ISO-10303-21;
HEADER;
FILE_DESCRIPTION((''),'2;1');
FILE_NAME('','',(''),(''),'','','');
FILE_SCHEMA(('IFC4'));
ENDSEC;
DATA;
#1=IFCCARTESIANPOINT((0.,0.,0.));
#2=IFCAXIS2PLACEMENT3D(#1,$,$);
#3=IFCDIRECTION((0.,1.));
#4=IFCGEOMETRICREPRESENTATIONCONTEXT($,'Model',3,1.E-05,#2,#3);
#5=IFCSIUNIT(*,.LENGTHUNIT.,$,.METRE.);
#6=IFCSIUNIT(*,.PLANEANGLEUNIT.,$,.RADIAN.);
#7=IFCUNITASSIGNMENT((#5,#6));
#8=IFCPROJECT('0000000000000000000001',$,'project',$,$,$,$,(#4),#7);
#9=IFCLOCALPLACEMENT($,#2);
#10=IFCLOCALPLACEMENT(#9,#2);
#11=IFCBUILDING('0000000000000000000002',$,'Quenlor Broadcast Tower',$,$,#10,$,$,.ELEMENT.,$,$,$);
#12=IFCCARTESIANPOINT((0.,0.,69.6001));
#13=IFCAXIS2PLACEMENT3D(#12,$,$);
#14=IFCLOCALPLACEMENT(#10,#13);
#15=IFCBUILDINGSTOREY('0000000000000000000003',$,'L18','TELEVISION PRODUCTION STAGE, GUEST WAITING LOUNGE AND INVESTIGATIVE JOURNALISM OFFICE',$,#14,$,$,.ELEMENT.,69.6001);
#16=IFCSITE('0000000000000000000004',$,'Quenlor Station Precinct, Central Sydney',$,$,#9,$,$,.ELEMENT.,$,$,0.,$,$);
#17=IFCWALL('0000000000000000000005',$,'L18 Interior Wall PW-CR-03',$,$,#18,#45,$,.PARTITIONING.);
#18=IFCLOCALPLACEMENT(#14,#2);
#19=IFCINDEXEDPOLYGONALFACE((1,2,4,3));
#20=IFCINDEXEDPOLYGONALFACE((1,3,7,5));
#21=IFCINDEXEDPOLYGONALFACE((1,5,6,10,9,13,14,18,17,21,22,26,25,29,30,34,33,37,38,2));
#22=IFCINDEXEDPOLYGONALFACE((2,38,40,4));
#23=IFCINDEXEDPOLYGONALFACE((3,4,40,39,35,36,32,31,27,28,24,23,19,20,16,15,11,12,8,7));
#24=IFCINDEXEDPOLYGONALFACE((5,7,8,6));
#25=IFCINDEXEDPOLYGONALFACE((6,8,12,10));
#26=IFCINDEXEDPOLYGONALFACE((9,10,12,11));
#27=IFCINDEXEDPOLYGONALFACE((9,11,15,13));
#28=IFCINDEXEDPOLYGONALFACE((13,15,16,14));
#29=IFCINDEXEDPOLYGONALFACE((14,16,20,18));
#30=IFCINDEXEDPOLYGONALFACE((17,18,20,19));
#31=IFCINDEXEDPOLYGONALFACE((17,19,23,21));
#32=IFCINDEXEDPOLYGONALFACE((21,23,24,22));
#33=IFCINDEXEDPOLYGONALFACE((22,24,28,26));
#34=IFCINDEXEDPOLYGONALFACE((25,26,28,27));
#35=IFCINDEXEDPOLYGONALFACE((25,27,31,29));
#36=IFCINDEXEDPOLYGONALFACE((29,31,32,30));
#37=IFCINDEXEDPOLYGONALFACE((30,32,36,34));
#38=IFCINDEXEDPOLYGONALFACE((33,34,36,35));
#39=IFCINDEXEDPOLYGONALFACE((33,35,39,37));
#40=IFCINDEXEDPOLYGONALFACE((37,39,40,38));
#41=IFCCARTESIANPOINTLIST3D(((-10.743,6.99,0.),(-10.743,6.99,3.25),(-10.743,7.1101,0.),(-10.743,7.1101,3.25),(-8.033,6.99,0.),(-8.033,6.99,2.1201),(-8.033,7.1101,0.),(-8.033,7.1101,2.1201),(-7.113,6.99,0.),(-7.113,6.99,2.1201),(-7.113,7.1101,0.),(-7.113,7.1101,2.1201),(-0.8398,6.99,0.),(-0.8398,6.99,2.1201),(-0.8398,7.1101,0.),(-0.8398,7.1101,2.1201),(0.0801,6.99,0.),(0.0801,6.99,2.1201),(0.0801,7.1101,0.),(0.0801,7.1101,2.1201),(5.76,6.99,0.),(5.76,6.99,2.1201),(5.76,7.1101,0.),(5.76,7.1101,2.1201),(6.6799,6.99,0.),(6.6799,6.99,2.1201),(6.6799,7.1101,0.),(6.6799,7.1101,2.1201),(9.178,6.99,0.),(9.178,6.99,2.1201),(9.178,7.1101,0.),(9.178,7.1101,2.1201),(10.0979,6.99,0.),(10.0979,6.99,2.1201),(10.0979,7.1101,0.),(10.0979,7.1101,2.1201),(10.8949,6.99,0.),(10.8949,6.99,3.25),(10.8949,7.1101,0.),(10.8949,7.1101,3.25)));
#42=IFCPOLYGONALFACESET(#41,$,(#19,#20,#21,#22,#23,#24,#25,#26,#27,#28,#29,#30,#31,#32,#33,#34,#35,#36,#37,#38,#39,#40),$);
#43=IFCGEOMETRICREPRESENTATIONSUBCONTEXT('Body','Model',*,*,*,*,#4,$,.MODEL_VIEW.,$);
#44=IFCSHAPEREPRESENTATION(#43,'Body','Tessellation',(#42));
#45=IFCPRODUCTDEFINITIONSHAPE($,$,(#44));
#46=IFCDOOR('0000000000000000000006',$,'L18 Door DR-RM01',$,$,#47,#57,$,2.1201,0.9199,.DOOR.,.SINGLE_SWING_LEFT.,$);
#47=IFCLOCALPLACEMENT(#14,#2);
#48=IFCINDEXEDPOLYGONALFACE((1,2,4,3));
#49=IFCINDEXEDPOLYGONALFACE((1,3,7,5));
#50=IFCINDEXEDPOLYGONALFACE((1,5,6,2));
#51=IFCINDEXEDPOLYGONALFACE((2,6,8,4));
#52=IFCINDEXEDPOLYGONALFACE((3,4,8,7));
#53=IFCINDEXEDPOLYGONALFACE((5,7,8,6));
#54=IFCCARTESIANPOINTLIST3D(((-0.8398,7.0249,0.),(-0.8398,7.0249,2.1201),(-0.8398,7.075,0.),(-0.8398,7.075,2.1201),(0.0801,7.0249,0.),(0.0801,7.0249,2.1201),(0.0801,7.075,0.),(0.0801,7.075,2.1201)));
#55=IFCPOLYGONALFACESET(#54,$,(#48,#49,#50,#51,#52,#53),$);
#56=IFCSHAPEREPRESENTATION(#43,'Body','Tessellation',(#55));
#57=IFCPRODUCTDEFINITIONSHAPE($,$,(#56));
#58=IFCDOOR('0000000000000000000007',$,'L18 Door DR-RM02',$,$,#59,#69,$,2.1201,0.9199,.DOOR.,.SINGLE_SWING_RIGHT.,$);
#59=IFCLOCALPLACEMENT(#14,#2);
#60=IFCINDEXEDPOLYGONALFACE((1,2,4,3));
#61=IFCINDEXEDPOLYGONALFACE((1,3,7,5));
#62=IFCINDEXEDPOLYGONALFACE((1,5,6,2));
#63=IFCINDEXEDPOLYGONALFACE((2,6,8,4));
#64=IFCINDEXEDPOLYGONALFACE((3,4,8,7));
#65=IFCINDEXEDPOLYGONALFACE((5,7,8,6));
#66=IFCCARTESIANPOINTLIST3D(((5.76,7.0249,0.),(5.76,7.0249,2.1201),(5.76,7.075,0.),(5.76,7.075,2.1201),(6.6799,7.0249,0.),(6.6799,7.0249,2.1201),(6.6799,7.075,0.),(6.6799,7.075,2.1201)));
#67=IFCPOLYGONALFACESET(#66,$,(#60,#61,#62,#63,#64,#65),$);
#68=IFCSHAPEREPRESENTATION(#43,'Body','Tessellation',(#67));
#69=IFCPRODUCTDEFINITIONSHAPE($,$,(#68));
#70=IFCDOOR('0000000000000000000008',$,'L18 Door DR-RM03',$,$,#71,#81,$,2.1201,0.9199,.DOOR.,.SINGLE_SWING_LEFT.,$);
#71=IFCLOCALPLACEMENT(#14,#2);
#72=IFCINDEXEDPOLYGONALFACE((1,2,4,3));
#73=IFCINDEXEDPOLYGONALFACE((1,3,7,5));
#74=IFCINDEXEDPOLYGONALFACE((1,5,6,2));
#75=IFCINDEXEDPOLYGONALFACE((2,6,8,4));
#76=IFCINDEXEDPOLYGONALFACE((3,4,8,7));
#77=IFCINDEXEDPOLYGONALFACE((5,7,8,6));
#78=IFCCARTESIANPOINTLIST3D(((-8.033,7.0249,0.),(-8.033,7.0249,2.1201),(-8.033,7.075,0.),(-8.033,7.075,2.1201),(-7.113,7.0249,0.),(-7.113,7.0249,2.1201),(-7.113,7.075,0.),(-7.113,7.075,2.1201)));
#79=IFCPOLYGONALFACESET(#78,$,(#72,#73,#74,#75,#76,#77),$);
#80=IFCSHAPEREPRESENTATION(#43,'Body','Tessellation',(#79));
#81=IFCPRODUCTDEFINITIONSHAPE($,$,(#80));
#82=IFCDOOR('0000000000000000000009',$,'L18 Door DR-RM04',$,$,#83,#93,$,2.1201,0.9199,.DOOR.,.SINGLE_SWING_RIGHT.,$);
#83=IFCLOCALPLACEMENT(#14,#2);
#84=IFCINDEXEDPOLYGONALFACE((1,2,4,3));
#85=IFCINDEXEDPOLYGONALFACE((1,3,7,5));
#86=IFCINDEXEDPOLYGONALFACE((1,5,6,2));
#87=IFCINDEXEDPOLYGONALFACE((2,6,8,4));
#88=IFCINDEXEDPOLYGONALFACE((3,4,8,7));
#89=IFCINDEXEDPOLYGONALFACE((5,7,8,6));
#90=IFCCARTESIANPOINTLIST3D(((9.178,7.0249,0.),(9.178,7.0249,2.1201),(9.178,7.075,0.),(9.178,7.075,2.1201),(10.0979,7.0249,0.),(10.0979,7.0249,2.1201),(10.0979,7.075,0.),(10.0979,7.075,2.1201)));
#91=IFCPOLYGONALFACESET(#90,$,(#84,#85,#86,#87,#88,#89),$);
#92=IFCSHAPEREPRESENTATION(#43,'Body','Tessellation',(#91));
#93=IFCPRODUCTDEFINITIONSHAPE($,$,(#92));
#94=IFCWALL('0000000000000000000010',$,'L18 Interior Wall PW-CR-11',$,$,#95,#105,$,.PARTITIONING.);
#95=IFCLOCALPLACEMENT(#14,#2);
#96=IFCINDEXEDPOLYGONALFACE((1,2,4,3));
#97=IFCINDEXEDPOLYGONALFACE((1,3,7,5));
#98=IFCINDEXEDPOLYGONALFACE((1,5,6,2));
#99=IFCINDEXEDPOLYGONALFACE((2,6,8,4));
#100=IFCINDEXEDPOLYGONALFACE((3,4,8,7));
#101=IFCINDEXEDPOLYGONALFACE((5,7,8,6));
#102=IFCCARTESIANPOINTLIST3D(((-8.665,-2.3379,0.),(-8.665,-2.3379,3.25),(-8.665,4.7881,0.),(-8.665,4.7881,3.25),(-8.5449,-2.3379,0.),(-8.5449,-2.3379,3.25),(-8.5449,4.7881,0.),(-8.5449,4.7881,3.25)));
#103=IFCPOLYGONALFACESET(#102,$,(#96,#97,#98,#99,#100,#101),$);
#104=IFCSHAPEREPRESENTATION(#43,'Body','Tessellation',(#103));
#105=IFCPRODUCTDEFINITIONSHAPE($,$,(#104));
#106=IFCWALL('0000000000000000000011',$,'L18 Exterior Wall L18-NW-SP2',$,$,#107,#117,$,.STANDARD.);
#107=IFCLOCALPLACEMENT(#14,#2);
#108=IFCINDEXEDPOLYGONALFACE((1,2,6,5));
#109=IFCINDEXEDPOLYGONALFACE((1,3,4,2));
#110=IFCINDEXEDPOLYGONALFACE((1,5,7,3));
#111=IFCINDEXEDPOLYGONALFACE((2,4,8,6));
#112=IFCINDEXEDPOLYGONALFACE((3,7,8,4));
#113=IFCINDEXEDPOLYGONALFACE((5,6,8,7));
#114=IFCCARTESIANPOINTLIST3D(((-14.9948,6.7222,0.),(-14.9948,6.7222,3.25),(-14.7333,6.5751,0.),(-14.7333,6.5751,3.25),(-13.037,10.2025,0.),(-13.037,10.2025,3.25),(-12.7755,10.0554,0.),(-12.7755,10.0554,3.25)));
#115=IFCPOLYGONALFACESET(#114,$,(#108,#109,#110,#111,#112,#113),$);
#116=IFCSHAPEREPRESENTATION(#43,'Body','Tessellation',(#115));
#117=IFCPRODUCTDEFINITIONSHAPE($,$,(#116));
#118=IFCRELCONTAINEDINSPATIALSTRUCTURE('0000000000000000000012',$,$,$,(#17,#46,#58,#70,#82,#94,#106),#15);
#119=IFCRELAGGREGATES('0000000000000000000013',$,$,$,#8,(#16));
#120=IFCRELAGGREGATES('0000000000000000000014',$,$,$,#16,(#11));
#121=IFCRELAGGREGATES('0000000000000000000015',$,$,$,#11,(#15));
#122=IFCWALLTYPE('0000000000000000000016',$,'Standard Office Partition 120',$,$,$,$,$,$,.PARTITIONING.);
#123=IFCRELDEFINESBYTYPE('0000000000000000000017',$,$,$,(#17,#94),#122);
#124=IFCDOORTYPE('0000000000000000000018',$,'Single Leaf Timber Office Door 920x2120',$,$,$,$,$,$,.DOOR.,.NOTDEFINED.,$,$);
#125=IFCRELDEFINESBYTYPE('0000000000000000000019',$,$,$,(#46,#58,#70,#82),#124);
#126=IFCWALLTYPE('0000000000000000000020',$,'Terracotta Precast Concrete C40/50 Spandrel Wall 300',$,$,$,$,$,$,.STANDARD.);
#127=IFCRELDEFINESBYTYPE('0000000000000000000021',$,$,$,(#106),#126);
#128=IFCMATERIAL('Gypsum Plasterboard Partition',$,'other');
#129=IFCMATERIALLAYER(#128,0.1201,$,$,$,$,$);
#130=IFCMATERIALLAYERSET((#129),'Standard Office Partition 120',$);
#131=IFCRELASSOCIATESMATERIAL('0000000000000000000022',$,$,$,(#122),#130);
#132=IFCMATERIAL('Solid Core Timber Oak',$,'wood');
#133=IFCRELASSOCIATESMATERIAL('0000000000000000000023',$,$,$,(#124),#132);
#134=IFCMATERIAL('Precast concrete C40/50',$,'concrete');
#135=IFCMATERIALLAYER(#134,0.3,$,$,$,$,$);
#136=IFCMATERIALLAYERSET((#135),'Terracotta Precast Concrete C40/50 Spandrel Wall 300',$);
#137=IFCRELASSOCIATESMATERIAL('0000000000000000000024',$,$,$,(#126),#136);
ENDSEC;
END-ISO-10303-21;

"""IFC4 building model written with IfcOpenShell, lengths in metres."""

from ifc_helpers import new_model, si_unit, direction, frame, frame_2d, origin, place, context, subcontext, project, spatial, rectangle, extrude, material, layer, layer_set, type_object, element, fill, save


model = new_model("IFC4")

# Units and contexts
model_context = context("Model", 3, precision=1e-05, world=origin(), true_north=direction((0.0, 1.0)))
body_context = subcontext(model_context, "Body", "Model", "MODEL_VIEW")
ifc_project = project(units=[si_unit("LENGTHUNIT", "METRE"), si_unit("PLANEANGLEUNIT", "RADIAN")], contexts=[model_context])

# Site, building, storey
site_placement = place(None, origin())
site = spatial("IfcSite", under=ifc_project, at=site_placement, Name="Quenlor Station Precinct, Central Sydney", CompositionType="ELEMENT", RefElevation=0.0)
building_placement = place(site_placement, origin())
building = spatial("IfcBuilding", under=site, at=building_placement, Name="Quenlor Broadcast Tower", CompositionType="ELEMENT")
storey_placement = place(building_placement, frame((0.0, 0.0, 69.6001)))
storey = spatial("IfcBuildingStorey", under=building, at=storey_placement, Name="L18", Description="TELEVISION PRODUCTION STAGE, GUEST WAITING LOUNGE AND INVESTIGATIVE JOURNALISM OFFICE", CompositionType="ELEMENT", Elevation=69.6001)

# Wall, openings, doors
ifc_material_1 = material(Name="Gypsum Plasterboard Partition", Category="other")
ifc_layer_1 = layer(ifc_material_1, 0.1201)
ifc_layer_set_1 = layer_set([ifc_layer_1], Name="Standard Office Partition 120")
wall_type_1 = type_object("IfcWallType", Name="Standard Office Partition 120", PredefinedType="PARTITIONING", material=ifc_layer_set_1)
wall_1_placement = place(storey_placement, frame((-10.7429, 7.05, 0.0), z_axis=(0.0, 0.0, 1.0), x_axis=(1.0, 0.0, 0.0)))
wall_1 = element("IfcWall", 1, at=wall_1_placement, inside=storey, type_object=wall_type_1, Name="L18 Interior Wall PW-CR-03", PredefinedType="PARTITIONING", context=body_context, shape_type="SweptSolid", body=[
    extrude(rectangle(XDim=21.6379, YDim=0.1201, at=frame_2d((10.8188, 0.0))), origin(), (0.0, 0.0, 1.0), 3.25),
])
opening_1_placement = place(wall_1_placement, frame((9.9031, 0.0, 0.0)))
opening_1 = element("IfcOpeningElement", 2, at=opening_1_placement, cuts=wall_1, PredefinedType="OPENING", context=body_context, shape_type="SweptSolid", body=[
    extrude(rectangle(XDim=0.9199, YDim=2.1201, at=frame_2d((0.46, 1.0601))), frame((0.0, 0.0701, 0.0), z_axis=(0.0, -1.0, 0.0), x_axis=(1.0, 0.0, 0.0)), (0.0, 0.0, 1.0), 0.1401),
])
opening_2_placement = place(wall_1_placement, frame((16.5029, 0.0, 0.0)))
opening_2 = element("IfcOpeningElement", 3, at=opening_2_placement, cuts=wall_1, PredefinedType="OPENING", context=body_context, shape_type="SweptSolid", body=[
    extrude(rectangle(XDim=0.9199, YDim=2.1201, at=frame_2d((0.46, 1.0601))), frame((0.0, 0.0701, 0.0), z_axis=(0.0, -1.0, 0.0), x_axis=(1.0, 0.0, 0.0)), (0.0, 0.0, 1.0), 0.1401),
])
opening_3_placement = place(wall_1_placement, frame((2.71, 0.0, 0.0)))
opening_3 = element("IfcOpeningElement", 4, at=opening_3_placement, cuts=wall_1, PredefinedType="OPENING", context=body_context, shape_type="SweptSolid", body=[
    extrude(rectangle(XDim=0.9199, YDim=2.1201, at=frame_2d((0.46, 1.0601))), frame((0.0, 0.0701, 0.0), z_axis=(0.0, -1.0, 0.0), x_axis=(1.0, 0.0, 0.0)), (0.0, 0.0, 1.0), 0.1401),
])
opening_4_placement = place(wall_1_placement, frame((19.9209, 0.0, 0.0)))
opening_4 = element("IfcOpeningElement", 5, at=opening_4_placement, cuts=wall_1, PredefinedType="OPENING", context=body_context, shape_type="SweptSolid", body=[
    extrude(rectangle(XDim=0.9199, YDim=2.1201, at=frame_2d((0.46, 1.0601))), frame((0.0, 0.0701, 0.0), z_axis=(0.0, -1.0, 0.0), x_axis=(1.0, 0.0, 0.0)), (0.0, 0.0, 1.0), 0.1401),
])
ifc_material_2 = material(Name="Solid Core Timber Oak", Category="wood")
door_type = type_object("IfcDoorType", Name="Single Leaf Timber Office Door 920x2120", OperationType="NOTDEFINED", PredefinedType="DOOR", material=ifc_material_2)
door_1_placement = place(opening_1_placement, origin())
door_1 = element("IfcDoor", 6, at=door_1_placement, inside=storey, type_object=door_type, Name="L18 Door DR-RM01", OperationType="SINGLE_SWING_LEFT", OverallHeight=2.1201, OverallWidth=0.9199, PredefinedType="DOOR", context=body_context, shape_type="SweptSolid", body=[
    extrude(rectangle(XDim=0.9199, YDim=2.1201, at=frame_2d((0.46, 1.0601))), frame((0.0, 0.0249, 0.0), z_axis=(0.0, -1.0, 0.0), x_axis=(1.0, 0.0, 0.0)), (0.0, 0.0, 1.0), 0.05),
])
fill(opening_1, door_1)
door_2_placement = place(opening_2_placement, origin())
door_2 = element("IfcDoor", 7, at=door_2_placement, inside=storey, type_object=door_type, Name="L18 Door DR-RM02", OperationType="SINGLE_SWING_RIGHT", OverallHeight=2.1201, OverallWidth=0.9199, PredefinedType="DOOR", context=body_context, shape_type="SweptSolid", body=[
    extrude(rectangle(XDim=0.9199, YDim=2.1201, at=frame_2d((0.46, 1.0601))), frame((0.0, 0.0249, 0.0), z_axis=(0.0, -1.0, 0.0), x_axis=(1.0, 0.0, 0.0)), (0.0, 0.0, 1.0), 0.05),
])
fill(opening_2, door_2)
door_3_placement = place(opening_3_placement, origin())
door_3 = element("IfcDoor", 8, at=door_3_placement, inside=storey, type_object=door_type, Name="L18 Door DR-RM03", OperationType="SINGLE_SWING_LEFT", OverallHeight=2.1201, OverallWidth=0.9199, PredefinedType="DOOR", context=body_context, shape_type="SweptSolid", body=[
    extrude(rectangle(XDim=0.9199, YDim=2.1201, at=frame_2d((0.46, 1.0601))), frame((0.0, 0.0249, 0.0), z_axis=(0.0, -1.0, 0.0), x_axis=(1.0, 0.0, 0.0)), (0.0, 0.0, 1.0), 0.05),
])
fill(opening_3, door_3)
door_4_placement = place(opening_4_placement, origin())
door_4 = element("IfcDoor", 9, at=door_4_placement, inside=storey, type_object=door_type, Name="L18 Door DR-RM04", OperationType="SINGLE_SWING_RIGHT", OverallHeight=2.1201, OverallWidth=0.9199, PredefinedType="DOOR", context=body_context, shape_type="SweptSolid", body=[
    extrude(rectangle(XDim=0.9199, YDim=2.1201, at=frame_2d((0.46, 1.0601))), frame((0.0, 0.0249, 0.0), z_axis=(0.0, -1.0, 0.0), x_axis=(1.0, 0.0, 0.0)), (0.0, 0.0, 1.0), 0.05),
])
fill(opening_4, door_4)

# Walls
wall_2_placement = place(storey_placement, frame((-8.605, 4.7881, 0.0), z_axis=(0.0, 0.0, 1.0), x_axis=(0.0, -1.0, 0.0)))
element("IfcWall", 10, at=wall_2_placement, inside=storey, type_object=wall_type_1, Name="L18 Interior Wall PW-CR-11", PredefinedType="PARTITIONING", context=body_context, shape_type="SweptSolid", body=[
    extrude(rectangle(XDim=7.126, YDim=0.1201, at=frame_2d((3.563, 0.0))), origin(), (0.0, 0.0, 1.0), 3.25),
])
ifc_material_3 = material(Name="Precast concrete C40/50", Category="concrete")
ifc_layer_2 = layer(ifc_material_3, 0.3)
ifc_layer_set_2 = layer_set([ifc_layer_2], Name="Terracotta Precast Concrete C40/50 Spandrel Wall 300")
wall_type_2 = type_object("IfcWallType", Name="Terracotta Precast Concrete C40/50 Spandrel Wall 300", PredefinedType="STANDARD", material=ifc_layer_set_2)
wall_3_placement = place(storey_placement, frame((-14.864, 6.6487, 0.0), z_axis=(0.0, 0.0, 1.0), x_axis=(0.490287, 0.871561, 0.0)))
element("IfcWall", 11, at=wall_3_placement, inside=storey, type_object=wall_type_2, Name="L18 Exterior Wall L18-NW-SP2", PredefinedType="STANDARD", context=body_context, shape_type="SweptSolid", body=[
    extrude(rectangle(XDim=3.9932, YDim=0.3, at=frame_2d((1.9966, 0.0))), origin(), (0.0, 0.0, 1.0), 3.25),
])

save(model, "model.ifc")
